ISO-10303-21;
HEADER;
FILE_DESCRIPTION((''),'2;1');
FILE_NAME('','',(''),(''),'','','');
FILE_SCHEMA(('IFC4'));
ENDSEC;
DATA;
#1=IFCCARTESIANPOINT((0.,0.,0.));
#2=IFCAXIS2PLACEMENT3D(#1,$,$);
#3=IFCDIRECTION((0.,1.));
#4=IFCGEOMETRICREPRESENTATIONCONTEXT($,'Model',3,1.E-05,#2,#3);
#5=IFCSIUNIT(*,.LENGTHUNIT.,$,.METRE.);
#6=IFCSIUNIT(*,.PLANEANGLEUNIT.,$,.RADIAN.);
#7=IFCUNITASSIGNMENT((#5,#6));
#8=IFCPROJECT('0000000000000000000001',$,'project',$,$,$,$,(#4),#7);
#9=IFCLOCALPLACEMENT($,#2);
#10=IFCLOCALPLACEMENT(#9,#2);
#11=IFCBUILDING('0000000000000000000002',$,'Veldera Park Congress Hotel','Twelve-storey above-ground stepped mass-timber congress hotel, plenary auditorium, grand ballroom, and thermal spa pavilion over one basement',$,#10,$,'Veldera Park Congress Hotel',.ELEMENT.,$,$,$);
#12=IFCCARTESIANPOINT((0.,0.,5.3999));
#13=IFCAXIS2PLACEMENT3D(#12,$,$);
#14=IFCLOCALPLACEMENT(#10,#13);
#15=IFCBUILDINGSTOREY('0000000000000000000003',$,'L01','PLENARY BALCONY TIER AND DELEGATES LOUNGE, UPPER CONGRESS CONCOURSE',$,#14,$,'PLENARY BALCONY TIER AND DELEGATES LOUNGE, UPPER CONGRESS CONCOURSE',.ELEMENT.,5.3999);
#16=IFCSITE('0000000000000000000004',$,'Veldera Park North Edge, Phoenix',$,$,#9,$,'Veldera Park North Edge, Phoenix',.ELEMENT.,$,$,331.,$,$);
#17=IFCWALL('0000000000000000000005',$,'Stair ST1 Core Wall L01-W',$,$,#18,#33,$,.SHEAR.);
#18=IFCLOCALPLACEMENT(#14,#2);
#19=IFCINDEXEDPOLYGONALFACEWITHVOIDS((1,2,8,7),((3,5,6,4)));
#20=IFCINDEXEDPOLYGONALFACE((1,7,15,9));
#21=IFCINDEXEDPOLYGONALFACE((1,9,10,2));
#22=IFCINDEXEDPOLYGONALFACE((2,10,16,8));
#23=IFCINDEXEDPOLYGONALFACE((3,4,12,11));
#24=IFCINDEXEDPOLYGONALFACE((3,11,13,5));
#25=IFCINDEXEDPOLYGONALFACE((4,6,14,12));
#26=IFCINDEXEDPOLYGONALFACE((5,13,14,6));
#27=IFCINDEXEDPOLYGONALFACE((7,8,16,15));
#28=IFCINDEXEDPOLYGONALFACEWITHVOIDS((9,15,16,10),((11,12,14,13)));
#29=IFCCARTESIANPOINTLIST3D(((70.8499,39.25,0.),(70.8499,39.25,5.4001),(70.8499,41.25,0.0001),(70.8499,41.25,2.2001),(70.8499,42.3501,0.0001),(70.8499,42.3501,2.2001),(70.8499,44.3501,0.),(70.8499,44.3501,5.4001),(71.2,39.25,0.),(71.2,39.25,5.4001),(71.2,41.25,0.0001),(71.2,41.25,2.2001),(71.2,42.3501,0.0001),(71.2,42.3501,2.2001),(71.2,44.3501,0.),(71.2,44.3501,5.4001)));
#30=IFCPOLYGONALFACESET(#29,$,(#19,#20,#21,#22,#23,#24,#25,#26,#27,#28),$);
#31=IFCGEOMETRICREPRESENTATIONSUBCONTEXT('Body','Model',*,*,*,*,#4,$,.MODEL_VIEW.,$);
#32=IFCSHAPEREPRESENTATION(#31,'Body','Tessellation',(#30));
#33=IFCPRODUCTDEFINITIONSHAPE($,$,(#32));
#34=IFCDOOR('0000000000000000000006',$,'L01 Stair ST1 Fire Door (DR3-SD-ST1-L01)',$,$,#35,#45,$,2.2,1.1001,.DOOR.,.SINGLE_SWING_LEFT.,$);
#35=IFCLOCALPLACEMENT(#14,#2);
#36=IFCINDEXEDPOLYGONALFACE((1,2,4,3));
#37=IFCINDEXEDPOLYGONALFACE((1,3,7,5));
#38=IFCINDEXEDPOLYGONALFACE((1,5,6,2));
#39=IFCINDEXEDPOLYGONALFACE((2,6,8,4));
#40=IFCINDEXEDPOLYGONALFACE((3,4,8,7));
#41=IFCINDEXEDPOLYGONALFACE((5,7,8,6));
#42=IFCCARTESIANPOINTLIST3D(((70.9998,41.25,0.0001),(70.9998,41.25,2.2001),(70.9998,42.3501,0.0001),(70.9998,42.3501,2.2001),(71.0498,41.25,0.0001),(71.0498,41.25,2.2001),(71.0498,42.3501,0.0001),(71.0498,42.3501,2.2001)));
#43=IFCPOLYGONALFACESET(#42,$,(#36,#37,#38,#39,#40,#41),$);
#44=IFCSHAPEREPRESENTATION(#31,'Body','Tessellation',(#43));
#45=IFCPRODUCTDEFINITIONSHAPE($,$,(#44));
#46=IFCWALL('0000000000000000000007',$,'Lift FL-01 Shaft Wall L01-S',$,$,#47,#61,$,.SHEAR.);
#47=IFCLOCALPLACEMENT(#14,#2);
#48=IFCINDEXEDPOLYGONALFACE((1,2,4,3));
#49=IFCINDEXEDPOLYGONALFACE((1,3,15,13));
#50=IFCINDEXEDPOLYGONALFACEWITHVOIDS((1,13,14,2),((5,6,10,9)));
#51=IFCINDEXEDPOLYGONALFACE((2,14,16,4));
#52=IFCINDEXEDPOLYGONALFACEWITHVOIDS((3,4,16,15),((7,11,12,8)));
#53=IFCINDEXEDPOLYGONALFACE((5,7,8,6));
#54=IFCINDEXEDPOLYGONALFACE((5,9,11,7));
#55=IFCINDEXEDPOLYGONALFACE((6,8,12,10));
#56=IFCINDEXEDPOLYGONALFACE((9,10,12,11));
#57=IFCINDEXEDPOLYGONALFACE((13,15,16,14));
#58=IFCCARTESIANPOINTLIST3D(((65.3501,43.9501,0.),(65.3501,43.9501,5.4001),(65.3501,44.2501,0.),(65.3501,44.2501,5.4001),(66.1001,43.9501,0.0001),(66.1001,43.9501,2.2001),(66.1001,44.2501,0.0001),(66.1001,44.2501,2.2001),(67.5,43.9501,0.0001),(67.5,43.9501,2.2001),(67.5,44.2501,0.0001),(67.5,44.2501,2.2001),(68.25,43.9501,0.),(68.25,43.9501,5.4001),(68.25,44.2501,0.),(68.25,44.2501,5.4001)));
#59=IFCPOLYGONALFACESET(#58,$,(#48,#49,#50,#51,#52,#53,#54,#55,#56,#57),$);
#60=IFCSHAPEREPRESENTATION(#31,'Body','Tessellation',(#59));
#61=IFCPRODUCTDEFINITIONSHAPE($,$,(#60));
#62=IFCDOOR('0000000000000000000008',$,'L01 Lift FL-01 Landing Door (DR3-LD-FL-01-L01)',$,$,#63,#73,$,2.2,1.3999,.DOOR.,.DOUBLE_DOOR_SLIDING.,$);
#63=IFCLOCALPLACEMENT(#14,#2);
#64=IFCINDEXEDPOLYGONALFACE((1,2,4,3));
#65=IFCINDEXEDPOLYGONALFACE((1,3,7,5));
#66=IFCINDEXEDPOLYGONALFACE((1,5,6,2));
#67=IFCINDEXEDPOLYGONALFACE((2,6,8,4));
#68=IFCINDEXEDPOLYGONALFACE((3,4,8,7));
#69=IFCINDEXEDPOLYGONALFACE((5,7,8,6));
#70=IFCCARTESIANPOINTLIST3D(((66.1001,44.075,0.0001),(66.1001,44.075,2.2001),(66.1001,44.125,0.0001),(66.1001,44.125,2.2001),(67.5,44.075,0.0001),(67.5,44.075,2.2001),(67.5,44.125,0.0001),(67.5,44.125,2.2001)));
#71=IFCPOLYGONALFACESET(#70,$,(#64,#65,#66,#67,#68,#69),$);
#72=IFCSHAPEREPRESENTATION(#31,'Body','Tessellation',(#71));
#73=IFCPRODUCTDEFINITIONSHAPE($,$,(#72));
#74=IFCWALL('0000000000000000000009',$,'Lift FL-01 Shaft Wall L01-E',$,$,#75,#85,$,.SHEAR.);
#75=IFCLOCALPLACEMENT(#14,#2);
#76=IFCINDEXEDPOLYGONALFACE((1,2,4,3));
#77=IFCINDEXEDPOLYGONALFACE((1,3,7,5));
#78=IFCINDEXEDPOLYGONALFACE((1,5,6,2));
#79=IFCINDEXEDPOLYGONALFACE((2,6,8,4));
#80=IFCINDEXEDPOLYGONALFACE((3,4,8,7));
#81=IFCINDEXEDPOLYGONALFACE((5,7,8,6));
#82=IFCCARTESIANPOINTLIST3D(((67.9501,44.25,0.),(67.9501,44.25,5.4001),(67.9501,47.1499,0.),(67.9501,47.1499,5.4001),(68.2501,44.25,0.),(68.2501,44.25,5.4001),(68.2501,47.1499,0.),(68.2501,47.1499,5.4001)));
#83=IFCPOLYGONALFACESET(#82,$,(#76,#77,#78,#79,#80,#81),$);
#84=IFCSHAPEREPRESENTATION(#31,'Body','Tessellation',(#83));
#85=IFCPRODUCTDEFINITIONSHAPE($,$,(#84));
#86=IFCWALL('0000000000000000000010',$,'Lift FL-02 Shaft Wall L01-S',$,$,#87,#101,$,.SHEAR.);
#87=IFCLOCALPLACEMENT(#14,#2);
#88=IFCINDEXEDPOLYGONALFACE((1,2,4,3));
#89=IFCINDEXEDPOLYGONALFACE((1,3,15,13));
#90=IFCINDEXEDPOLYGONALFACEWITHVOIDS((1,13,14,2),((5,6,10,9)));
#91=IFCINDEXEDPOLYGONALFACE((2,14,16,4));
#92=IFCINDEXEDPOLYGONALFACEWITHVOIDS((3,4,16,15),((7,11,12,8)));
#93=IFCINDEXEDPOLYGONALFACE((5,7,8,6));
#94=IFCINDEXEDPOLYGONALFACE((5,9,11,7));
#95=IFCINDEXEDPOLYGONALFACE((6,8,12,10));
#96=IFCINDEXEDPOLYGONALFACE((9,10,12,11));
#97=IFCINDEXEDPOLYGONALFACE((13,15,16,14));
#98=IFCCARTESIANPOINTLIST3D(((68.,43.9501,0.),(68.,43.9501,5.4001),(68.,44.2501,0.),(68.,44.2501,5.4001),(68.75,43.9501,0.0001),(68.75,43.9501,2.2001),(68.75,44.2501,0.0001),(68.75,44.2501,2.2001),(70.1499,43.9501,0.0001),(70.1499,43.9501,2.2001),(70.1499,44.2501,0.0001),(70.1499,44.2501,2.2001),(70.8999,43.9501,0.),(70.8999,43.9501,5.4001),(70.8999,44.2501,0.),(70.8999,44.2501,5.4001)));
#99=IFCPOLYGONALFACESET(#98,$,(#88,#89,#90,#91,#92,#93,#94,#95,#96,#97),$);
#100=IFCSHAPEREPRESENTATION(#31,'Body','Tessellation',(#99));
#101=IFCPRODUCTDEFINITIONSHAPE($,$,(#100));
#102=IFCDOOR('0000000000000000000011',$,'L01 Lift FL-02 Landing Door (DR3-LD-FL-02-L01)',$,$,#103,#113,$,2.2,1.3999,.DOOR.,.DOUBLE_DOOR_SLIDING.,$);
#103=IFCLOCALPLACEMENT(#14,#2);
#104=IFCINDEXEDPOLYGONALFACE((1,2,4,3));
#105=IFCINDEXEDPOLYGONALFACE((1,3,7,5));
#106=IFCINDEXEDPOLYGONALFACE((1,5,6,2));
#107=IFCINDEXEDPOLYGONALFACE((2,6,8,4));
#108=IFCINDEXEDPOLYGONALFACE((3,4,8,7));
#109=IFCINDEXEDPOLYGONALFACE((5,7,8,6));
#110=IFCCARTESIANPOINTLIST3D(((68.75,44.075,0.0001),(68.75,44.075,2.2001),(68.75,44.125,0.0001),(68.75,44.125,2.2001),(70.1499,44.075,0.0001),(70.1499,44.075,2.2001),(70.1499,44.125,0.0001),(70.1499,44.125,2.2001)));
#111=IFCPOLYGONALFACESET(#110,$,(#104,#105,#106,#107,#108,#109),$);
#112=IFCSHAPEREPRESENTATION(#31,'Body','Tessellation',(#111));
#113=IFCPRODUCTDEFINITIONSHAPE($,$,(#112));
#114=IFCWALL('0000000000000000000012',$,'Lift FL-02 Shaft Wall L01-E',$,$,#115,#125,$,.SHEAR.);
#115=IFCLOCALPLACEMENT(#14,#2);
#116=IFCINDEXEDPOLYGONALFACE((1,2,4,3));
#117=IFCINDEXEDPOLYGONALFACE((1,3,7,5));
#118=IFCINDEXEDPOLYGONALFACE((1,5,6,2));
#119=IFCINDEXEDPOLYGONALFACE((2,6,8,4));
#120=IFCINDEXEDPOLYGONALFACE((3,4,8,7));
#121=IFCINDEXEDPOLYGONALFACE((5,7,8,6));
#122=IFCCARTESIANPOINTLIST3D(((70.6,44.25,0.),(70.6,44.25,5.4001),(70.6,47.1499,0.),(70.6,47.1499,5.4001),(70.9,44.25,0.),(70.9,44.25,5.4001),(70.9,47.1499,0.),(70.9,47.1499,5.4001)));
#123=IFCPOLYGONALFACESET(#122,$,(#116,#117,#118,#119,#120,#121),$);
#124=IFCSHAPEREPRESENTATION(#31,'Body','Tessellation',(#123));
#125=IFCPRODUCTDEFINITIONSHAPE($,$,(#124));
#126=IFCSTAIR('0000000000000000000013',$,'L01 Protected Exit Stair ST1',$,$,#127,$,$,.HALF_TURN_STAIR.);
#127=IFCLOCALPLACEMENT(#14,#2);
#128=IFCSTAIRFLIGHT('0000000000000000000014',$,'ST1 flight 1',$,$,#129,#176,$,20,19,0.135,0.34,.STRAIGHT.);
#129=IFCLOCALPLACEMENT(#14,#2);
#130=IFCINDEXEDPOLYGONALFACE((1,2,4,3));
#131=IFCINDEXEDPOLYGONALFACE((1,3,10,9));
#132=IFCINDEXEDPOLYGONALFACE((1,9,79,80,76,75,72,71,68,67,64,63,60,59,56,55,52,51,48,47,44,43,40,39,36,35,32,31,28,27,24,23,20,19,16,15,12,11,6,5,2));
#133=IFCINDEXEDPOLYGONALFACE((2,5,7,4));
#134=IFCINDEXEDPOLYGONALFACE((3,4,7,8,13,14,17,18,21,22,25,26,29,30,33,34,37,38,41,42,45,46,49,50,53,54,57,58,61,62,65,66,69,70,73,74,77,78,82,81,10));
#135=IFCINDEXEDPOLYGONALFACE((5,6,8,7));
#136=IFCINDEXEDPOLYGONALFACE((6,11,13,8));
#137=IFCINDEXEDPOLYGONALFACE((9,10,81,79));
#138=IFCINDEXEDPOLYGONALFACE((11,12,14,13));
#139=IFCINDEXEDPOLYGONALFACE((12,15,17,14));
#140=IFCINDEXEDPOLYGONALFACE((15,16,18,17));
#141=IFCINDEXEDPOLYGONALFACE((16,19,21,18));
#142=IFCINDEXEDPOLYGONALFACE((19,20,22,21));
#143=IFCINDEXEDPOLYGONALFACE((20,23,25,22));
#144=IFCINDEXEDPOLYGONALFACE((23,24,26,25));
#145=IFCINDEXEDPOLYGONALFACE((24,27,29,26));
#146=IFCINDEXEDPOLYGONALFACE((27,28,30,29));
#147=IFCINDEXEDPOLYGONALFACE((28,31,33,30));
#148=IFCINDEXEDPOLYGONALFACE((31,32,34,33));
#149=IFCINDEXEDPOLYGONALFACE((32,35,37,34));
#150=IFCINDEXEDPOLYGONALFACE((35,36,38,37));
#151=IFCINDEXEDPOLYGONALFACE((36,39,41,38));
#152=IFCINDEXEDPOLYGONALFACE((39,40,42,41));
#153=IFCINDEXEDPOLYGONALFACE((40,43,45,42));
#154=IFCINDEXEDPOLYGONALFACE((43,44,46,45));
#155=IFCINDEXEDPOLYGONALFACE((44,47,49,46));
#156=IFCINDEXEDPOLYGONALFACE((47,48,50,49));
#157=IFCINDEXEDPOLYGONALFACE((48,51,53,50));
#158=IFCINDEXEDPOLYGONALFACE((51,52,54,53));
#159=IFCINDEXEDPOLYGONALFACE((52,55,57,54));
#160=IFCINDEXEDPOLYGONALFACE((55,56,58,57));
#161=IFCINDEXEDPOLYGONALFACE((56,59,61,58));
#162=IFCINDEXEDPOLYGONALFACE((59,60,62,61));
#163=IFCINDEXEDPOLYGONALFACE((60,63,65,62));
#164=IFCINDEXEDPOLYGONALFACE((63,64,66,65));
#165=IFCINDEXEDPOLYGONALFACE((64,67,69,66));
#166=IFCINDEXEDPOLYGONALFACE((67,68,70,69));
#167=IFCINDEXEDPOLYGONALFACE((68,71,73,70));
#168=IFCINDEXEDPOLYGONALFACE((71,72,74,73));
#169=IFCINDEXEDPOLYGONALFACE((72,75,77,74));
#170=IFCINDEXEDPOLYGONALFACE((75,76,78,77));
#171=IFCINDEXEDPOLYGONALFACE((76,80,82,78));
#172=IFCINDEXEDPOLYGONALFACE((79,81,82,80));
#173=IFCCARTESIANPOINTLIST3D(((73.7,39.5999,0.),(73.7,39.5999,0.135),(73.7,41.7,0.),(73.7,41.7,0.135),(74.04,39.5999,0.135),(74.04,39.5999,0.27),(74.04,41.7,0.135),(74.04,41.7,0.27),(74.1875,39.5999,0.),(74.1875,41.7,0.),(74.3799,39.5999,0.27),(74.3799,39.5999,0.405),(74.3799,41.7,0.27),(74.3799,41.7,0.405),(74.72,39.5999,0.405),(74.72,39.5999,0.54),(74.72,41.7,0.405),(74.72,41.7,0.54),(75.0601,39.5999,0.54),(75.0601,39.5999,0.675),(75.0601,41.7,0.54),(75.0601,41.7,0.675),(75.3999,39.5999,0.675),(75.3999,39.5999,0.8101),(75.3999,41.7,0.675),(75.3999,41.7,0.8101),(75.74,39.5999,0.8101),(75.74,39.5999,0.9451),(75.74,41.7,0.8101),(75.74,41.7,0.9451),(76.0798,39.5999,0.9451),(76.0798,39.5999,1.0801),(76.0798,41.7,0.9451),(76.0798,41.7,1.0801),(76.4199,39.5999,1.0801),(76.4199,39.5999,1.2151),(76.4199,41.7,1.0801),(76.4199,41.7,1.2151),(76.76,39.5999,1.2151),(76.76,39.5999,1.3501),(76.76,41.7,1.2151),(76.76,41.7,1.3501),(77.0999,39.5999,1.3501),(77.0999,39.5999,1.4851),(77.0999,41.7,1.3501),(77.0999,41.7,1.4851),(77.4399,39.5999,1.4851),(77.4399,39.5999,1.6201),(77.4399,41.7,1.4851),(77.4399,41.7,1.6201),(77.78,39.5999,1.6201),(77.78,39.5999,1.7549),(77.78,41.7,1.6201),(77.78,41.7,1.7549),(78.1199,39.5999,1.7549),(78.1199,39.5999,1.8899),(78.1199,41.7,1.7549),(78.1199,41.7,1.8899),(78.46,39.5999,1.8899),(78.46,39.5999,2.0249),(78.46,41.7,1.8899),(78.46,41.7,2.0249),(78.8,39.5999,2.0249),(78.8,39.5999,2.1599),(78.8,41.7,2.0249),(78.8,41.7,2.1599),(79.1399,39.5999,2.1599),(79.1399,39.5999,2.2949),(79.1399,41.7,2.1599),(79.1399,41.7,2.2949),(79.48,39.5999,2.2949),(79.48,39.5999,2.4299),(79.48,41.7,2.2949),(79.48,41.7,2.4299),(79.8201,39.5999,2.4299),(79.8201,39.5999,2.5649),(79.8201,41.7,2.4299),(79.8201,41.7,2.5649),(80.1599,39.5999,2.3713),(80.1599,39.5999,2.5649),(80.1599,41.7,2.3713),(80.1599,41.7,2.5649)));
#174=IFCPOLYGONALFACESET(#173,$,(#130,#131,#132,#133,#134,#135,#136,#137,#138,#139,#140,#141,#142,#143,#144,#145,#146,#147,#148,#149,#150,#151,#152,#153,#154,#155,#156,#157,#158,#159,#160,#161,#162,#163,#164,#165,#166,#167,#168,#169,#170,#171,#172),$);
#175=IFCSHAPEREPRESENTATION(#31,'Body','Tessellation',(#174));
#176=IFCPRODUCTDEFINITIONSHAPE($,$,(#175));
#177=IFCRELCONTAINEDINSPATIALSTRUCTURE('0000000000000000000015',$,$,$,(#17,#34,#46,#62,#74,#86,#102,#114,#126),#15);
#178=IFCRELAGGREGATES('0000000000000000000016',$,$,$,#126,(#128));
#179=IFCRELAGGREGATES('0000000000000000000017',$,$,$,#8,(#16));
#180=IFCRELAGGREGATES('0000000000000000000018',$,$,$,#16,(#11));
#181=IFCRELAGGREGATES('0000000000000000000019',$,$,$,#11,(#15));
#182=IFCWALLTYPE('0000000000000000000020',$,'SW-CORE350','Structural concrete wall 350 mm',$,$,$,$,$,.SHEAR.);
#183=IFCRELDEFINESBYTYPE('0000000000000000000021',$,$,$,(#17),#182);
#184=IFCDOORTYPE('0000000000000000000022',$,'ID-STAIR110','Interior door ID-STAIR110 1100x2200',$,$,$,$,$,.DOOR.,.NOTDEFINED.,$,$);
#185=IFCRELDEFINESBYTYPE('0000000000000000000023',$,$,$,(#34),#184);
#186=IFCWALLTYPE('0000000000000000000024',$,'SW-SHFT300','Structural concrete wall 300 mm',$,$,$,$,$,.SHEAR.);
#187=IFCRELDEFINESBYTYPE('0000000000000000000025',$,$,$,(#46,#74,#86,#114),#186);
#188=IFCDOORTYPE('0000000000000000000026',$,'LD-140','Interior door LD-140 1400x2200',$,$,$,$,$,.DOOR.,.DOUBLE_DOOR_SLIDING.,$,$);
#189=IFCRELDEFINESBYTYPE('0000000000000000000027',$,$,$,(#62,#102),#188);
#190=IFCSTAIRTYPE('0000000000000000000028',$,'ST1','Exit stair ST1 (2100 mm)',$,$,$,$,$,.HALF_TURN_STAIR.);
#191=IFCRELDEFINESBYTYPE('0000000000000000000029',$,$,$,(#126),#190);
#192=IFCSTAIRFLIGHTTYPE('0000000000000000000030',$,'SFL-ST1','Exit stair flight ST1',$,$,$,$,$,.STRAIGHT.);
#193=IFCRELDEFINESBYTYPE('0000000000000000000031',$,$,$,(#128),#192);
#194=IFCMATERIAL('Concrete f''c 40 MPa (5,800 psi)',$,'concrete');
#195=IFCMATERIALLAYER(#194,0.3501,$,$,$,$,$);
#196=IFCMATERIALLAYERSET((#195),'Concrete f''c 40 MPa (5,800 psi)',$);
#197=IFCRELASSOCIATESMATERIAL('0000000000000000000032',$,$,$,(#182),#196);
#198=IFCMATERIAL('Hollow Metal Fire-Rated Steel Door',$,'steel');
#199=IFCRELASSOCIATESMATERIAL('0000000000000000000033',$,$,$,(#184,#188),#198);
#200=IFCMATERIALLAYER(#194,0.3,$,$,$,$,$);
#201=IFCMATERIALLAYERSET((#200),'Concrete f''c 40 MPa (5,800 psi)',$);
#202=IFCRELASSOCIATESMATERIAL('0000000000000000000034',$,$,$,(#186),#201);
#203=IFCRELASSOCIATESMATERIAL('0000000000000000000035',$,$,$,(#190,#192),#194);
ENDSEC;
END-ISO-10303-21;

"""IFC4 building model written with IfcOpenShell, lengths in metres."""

from ifc_helpers import new_model, si_unit, direction, frame, frame_2d, origin, place, context, subcontext, project, spatial, polyline, rectangle, outline, extrude, material, layer, layer_set, type_object, element, fill, aggregate, save


model = new_model("IFC4")

# Units and contexts
model_context = context("Model", 3, precision=1e-05, world=origin(), true_north=direction((0.0, 1.0)))
body_context = subcontext(model_context, "Body", "Model", "MODEL_VIEW")
ifc_project = project(units=[si_unit("LENGTHUNIT", "METRE"), si_unit("PLANEANGLEUNIT", "RADIAN")], contexts=[model_context])

# Site, building, storey
site_placement = place(None, origin())
site = spatial("IfcSite", under=ifc_project, at=site_placement, Name="Veldera Park North Edge, Phoenix", LongName="Veldera Park North Edge, Phoenix", CompositionType="ELEMENT", RefElevation=331.0)
building_placement = place(site_placement, origin())
building = spatial("IfcBuilding", under=site, at=building_placement, Name="Veldera Park Congress Hotel", Description="Twelve-storey above-ground stepped mass-timber congress hotel, plenary auditorium, grand ballroom, and thermal spa pavilion over one basement", LongName="Veldera Park Congress Hotel", CompositionType="ELEMENT")
storey_placement = place(building_placement, frame((0.0, 0.0, 5.3999)))
storey = spatial("IfcBuildingStorey", under=building, at=storey_placement, Name="L01", Description="PLENARY BALCONY TIER AND DELEGATES LOUNGE, UPPER CONGRESS CONCOURSE", LongName="PLENARY BALCONY TIER AND DELEGATES LOUNGE, UPPER CONGRESS CONCOURSE", CompositionType="ELEMENT", Elevation=5.3999)

# Shared definitions
ifc_material_1 = material(Name="Concrete f'c 40 MPa (5,800 psi)", Category="concrete")

# Shared definitions
ifc_material_2 = material(Name="Hollow Metal Fire-Rated Steel Door", Category="steel")

# Shared definitions
ifc_layer_1 = layer(ifc_material_1, 0.3501)
ifc_layer_set_1 = layer_set([ifc_layer_1], Name="Concrete f'c 40 MPa (5,800 psi)")
wall_type_1 = type_object("IfcWallType", Name="SW-CORE350", Description="Structural concrete wall 350 mm", PredefinedType="SHEAR", material=ifc_layer_set_1)

# Walls, openings, doors
wall_1_placement = place(storey_placement, frame((71.0249, 44.3501, 0.0), z_axis=(0.0, 0.0, 1.0), x_axis=(0.0, -1.0, 0.0)))
wall_1 = element("IfcWall", 1, at=wall_1_placement, inside=storey, type_object=wall_type_1, Name="Stair ST1 Core Wall L01-W", PredefinedType="SHEAR", context=body_context, shape_type="SweptSolid", body=[
    extrude(rectangle(XDim=5.1001, YDim=0.3501, at=frame_2d((2.55, 0.0))), origin(), (0.0, 0.0, 1.0), 5.4001),
])
opening_1_placement = place(wall_1_placement, frame((2.0, 0.0, 0.0)))
opening_1 = element("IfcOpeningElement", 2, at=opening_1_placement, cuts=wall_1, PredefinedType="OPENING", context=body_context, shape_type="SweptSolid", body=[
    extrude(rectangle(XDim=1.1001, YDim=2.2, at=frame_2d((0.55, 1.1001))), frame((0.0, 0.187, 0.0), z_axis=(0.0, -1.0, 0.0), x_axis=(1.0, 0.0, 0.0)), (0.0, 0.0, 1.0), 0.374),
])
door_type_1 = type_object("IfcDoorType", Name="ID-STAIR110", Description="Interior door ID-STAIR110 1100x2200", OperationType="NOTDEFINED", PredefinedType="DOOR", material=ifc_material_2)
door_1_placement = place(opening_1_placement, origin())
door_1 = element("IfcDoor", 3, at=door_1_placement, inside=storey, type_object=door_type_1, Name="L01 Stair ST1 Fire Door (DR3-SD-ST1-L01)", OperationType="SINGLE_SWING_LEFT", OverallHeight=2.2, OverallWidth=1.1001, PredefinedType="DOOR", context=body_context, shape_type="SweptSolid", body=[
    extrude(rectangle(XDim=1.1001, YDim=2.2, at=frame_2d((0.55, 1.1001))), frame((0.0, 0.0249, 0.0), z_axis=(0.0, -1.0, 0.0), x_axis=(1.0, 0.0, 0.0)), (0.0, 0.0, 1.0), 0.05),
])
fill(opening_1, door_1)
ifc_layer_2 = layer(ifc_material_1, 0.3)
ifc_layer_set_2 = layer_set([ifc_layer_2], Name="Concrete f'c 40 MPa (5,800 psi)")
wall_type_2 = type_object("IfcWallType", Name="SW-SHFT300", Description="Structural concrete wall 300 mm", PredefinedType="SHEAR", material=ifc_layer_set_2)
wall_2_placement = place(storey_placement, frame((65.3501, 44.1001, 0.0), z_axis=(0.0, 0.0, 1.0), x_axis=(1.0, 0.0, 0.0)))
wall_2 = element("IfcWall", 4, at=wall_2_placement, inside=storey, type_object=wall_type_2, Name="Lift FL-01 Shaft Wall L01-S", PredefinedType="SHEAR", context=body_context, shape_type="SweptSolid", body=[
    extrude(rectangle(XDim=2.8999, YDim=0.3, at=frame_2d((1.45, 0.0))), origin(), (0.0, 0.0, 1.0), 5.4001),
])
opening_2_placement = place(wall_2_placement, frame((0.75, 0.0, 0.0)))
opening_2 = element("IfcOpeningElement", 5, at=opening_2_placement, cuts=wall_2, PredefinedType="OPENING", context=body_context, shape_type="SweptSolid", body=[
    extrude(rectangle(XDim=1.3999, YDim=2.2, at=frame_2d((0.7, 1.1001))), frame((0.0, 0.1621, 0.0), z_axis=(0.0, -1.0, 0.0), x_axis=(1.0, 0.0, 0.0)), (0.0, 0.0, 1.0), 0.324),
])
door_type_2 = type_object("IfcDoorType", Name="LD-140", Description="Interior door LD-140 1400x2200", OperationType="DOUBLE_DOOR_SLIDING", PredefinedType="DOOR", material=ifc_material_2)
door_2_placement = place(opening_2_placement, origin())
door_2 = element("IfcDoor", 6, at=door_2_placement, inside=storey, type_object=door_type_2, Name="L01 Lift FL-01 Landing Door (DR3-LD-FL-01-L01)", OperationType="DOUBLE_DOOR_SLIDING", OverallHeight=2.2, OverallWidth=1.3999, PredefinedType="DOOR", context=body_context, shape_type="SweptSolid", body=[
    extrude(rectangle(XDim=1.3999, YDim=2.2, at=frame_2d((0.7, 1.1001))), frame((0.0, 0.0249, 0.0), z_axis=(0.0, -1.0, 0.0), x_axis=(1.0, 0.0, 0.0)), (0.0, 0.0, 1.0), 0.05),
])
fill(opening_2, door_2)

# Wall
wall_3_placement = place(storey_placement, frame((68.1001, 44.25, 0.0), z_axis=(0.0, 0.0, 1.0), x_axis=(0.0, 1.0, 0.0)))
element("IfcWall", 7, at=wall_3_placement, inside=storey, type_object=wall_type_2, Name="Lift FL-01 Shaft Wall L01-E", PredefinedType="SHEAR", context=body_context, shape_type="SweptSolid", body=[
    extrude(rectangle(XDim=2.8999, YDim=0.3, at=frame_2d((1.45, 0.0))), origin(), (0.0, 0.0, 1.0), 5.4001),
])

# Wall, opening, door
wall_4_placement = place(storey_placement, frame((68.0, 44.1001, 0.0), z_axis=(0.0, 0.0, 1.0), x_axis=(1.0, 0.0, 0.0)))
wall_4 = element("IfcWall", 8, at=wall_4_placement, inside=storey, type_object=wall_type_2, Name="Lift FL-02 Shaft Wall L01-S", PredefinedType="SHEAR", context=body_context, shape_type="SweptSolid", body=[
    extrude(rectangle(XDim=2.8999, YDim=0.3, at=frame_2d((1.45, 0.0))), origin(), (0.0, 0.0, 1.0), 5.4001),
])
opening_3_placement = place(wall_4_placement, frame((0.75, 0.0, 0.0)))
opening_3 = element("IfcOpeningElement", 9, at=opening_3_placement, cuts=wall_4, PredefinedType="OPENING", context=body_context, shape_type="SweptSolid", body=[
    extrude(rectangle(XDim=1.3999, YDim=2.2, at=frame_2d((0.7, 1.1001))), frame((0.0, 0.1621, 0.0), z_axis=(0.0, -1.0, 0.0), x_axis=(1.0, 0.0, 0.0)), (0.0, 0.0, 1.0), 0.324),
])
door_3_placement = place(opening_3_placement, origin())
door_3 = element("IfcDoor", 10, at=door_3_placement, inside=storey, type_object=door_type_2, Name="L01 Lift FL-02 Landing Door (DR3-LD-FL-02-L01)", OperationType="DOUBLE_DOOR_SLIDING", OverallHeight=2.2, OverallWidth=1.3999, PredefinedType="DOOR", context=body_context, shape_type="SweptSolid", body=[
    extrude(rectangle(XDim=1.3999, YDim=2.2, at=frame_2d((0.7, 1.1001))), frame((0.0, 0.0249, 0.0), z_axis=(0.0, -1.0, 0.0), x_axis=(1.0, 0.0, 0.0)), (0.0, 0.0, 1.0), 0.05),
])
fill(opening_3, door_3)

# Wall
wall_5_placement = place(storey_placement, frame((70.75, 44.25, 0.0), z_axis=(0.0, 0.0, 1.0), x_axis=(0.0, 1.0, 0.0)))
element("IfcWall", 11, at=wall_5_placement, inside=storey, type_object=wall_type_2, Name="Lift FL-02 Shaft Wall L01-E", PredefinedType="SHEAR", context=body_context, shape_type="SweptSolid", body=[
    extrude(rectangle(XDim=2.8999, YDim=0.3, at=frame_2d((1.45, 0.0))), origin(), (0.0, 0.0, 1.0), 5.4001),
])

# Stair, stair flight
stair_type = type_object("IfcStairType", Name="ST1", Description="Exit stair ST1 (2100 mm)", PredefinedType="HALF_TURN_STAIR", material=ifc_material_1)
stair_placement = place(storey_placement, origin())
stair = element("IfcStair", 12, at=stair_placement, inside=storey, type_object=stair_type, Name="L01 Protected Exit Stair ST1", PredefinedType="HALF_TURN_STAIR")
stair_flight_type = type_object("IfcStairFlightType", Name="SFL-ST1", Description="Exit stair flight ST1", PredefinedType="STRAIGHT", material=ifc_material_1)
stair_flight_placement = place(storey_placement, frame((73.7, 40.6499, 0.0), z_axis=(0.0, 0.0, 1.0), x_axis=(1.0, 0.0, 0.0)))
stair_flight = element("IfcStairFlight", 13, at=stair_flight_placement, type_object=stair_flight_type, Name="ST1 flight 1", NumberOfRisers=20, NumberOfTreads=19, PredefinedType="STRAIGHT", RiserHeight=0.135, TreadLength=0.34, context=body_context, shape_type="SweptSolid", body=[
    extrude(outline(polyline([(0.0, 0.0), (0.0, 0.135), (0.3401, 0.135), (0.3401, 0.27), (0.6799, 0.27), (0.6799, 0.405), (1.02, 0.405), (1.02, 0.54), (1.3601, 0.54), (1.3601, 0.675), (1.7, 0.675), (1.7, 0.8101), (2.04, 0.8101), (2.04, 0.9451), (2.3799, 0.9451), (2.3799, 1.0801), (2.72, 1.0801), (2.72, 1.2151), (3.0601, 1.2151), (3.0601, 1.3501), (3.3999, 1.3501), (3.3999, 1.4851), (3.74, 1.4851), (3.74, 1.6201), (4.0801, 1.6201), (4.0801, 1.7549), (4.4199, 1.7549), (4.4199, 1.8899), (4.76, 1.8899), (4.76, 2.0249), (5.1001, 2.0249), (5.1001, 2.1599), (5.4399, 2.1599), (5.4399, 2.2949), (5.78, 2.2949), (5.78, 2.4299), (6.1201, 2.4299), (6.1201, 2.5649), (6.46, 2.5649), (6.46, 2.7), (6.46, 2.7), (6.46, 2.3713), (0.4875, 0.0), (0.0, 0.0)])), frame((0.0, 1.05, 0.0), z_axis=(0.0, -1.0, 0.0), x_axis=(1.0, 0.0, 0.0)), (0.0, 0.0, 1.0), 2.1001),
])
aggregate(stair, [stair_flight])

save(model, "model.ifc")
